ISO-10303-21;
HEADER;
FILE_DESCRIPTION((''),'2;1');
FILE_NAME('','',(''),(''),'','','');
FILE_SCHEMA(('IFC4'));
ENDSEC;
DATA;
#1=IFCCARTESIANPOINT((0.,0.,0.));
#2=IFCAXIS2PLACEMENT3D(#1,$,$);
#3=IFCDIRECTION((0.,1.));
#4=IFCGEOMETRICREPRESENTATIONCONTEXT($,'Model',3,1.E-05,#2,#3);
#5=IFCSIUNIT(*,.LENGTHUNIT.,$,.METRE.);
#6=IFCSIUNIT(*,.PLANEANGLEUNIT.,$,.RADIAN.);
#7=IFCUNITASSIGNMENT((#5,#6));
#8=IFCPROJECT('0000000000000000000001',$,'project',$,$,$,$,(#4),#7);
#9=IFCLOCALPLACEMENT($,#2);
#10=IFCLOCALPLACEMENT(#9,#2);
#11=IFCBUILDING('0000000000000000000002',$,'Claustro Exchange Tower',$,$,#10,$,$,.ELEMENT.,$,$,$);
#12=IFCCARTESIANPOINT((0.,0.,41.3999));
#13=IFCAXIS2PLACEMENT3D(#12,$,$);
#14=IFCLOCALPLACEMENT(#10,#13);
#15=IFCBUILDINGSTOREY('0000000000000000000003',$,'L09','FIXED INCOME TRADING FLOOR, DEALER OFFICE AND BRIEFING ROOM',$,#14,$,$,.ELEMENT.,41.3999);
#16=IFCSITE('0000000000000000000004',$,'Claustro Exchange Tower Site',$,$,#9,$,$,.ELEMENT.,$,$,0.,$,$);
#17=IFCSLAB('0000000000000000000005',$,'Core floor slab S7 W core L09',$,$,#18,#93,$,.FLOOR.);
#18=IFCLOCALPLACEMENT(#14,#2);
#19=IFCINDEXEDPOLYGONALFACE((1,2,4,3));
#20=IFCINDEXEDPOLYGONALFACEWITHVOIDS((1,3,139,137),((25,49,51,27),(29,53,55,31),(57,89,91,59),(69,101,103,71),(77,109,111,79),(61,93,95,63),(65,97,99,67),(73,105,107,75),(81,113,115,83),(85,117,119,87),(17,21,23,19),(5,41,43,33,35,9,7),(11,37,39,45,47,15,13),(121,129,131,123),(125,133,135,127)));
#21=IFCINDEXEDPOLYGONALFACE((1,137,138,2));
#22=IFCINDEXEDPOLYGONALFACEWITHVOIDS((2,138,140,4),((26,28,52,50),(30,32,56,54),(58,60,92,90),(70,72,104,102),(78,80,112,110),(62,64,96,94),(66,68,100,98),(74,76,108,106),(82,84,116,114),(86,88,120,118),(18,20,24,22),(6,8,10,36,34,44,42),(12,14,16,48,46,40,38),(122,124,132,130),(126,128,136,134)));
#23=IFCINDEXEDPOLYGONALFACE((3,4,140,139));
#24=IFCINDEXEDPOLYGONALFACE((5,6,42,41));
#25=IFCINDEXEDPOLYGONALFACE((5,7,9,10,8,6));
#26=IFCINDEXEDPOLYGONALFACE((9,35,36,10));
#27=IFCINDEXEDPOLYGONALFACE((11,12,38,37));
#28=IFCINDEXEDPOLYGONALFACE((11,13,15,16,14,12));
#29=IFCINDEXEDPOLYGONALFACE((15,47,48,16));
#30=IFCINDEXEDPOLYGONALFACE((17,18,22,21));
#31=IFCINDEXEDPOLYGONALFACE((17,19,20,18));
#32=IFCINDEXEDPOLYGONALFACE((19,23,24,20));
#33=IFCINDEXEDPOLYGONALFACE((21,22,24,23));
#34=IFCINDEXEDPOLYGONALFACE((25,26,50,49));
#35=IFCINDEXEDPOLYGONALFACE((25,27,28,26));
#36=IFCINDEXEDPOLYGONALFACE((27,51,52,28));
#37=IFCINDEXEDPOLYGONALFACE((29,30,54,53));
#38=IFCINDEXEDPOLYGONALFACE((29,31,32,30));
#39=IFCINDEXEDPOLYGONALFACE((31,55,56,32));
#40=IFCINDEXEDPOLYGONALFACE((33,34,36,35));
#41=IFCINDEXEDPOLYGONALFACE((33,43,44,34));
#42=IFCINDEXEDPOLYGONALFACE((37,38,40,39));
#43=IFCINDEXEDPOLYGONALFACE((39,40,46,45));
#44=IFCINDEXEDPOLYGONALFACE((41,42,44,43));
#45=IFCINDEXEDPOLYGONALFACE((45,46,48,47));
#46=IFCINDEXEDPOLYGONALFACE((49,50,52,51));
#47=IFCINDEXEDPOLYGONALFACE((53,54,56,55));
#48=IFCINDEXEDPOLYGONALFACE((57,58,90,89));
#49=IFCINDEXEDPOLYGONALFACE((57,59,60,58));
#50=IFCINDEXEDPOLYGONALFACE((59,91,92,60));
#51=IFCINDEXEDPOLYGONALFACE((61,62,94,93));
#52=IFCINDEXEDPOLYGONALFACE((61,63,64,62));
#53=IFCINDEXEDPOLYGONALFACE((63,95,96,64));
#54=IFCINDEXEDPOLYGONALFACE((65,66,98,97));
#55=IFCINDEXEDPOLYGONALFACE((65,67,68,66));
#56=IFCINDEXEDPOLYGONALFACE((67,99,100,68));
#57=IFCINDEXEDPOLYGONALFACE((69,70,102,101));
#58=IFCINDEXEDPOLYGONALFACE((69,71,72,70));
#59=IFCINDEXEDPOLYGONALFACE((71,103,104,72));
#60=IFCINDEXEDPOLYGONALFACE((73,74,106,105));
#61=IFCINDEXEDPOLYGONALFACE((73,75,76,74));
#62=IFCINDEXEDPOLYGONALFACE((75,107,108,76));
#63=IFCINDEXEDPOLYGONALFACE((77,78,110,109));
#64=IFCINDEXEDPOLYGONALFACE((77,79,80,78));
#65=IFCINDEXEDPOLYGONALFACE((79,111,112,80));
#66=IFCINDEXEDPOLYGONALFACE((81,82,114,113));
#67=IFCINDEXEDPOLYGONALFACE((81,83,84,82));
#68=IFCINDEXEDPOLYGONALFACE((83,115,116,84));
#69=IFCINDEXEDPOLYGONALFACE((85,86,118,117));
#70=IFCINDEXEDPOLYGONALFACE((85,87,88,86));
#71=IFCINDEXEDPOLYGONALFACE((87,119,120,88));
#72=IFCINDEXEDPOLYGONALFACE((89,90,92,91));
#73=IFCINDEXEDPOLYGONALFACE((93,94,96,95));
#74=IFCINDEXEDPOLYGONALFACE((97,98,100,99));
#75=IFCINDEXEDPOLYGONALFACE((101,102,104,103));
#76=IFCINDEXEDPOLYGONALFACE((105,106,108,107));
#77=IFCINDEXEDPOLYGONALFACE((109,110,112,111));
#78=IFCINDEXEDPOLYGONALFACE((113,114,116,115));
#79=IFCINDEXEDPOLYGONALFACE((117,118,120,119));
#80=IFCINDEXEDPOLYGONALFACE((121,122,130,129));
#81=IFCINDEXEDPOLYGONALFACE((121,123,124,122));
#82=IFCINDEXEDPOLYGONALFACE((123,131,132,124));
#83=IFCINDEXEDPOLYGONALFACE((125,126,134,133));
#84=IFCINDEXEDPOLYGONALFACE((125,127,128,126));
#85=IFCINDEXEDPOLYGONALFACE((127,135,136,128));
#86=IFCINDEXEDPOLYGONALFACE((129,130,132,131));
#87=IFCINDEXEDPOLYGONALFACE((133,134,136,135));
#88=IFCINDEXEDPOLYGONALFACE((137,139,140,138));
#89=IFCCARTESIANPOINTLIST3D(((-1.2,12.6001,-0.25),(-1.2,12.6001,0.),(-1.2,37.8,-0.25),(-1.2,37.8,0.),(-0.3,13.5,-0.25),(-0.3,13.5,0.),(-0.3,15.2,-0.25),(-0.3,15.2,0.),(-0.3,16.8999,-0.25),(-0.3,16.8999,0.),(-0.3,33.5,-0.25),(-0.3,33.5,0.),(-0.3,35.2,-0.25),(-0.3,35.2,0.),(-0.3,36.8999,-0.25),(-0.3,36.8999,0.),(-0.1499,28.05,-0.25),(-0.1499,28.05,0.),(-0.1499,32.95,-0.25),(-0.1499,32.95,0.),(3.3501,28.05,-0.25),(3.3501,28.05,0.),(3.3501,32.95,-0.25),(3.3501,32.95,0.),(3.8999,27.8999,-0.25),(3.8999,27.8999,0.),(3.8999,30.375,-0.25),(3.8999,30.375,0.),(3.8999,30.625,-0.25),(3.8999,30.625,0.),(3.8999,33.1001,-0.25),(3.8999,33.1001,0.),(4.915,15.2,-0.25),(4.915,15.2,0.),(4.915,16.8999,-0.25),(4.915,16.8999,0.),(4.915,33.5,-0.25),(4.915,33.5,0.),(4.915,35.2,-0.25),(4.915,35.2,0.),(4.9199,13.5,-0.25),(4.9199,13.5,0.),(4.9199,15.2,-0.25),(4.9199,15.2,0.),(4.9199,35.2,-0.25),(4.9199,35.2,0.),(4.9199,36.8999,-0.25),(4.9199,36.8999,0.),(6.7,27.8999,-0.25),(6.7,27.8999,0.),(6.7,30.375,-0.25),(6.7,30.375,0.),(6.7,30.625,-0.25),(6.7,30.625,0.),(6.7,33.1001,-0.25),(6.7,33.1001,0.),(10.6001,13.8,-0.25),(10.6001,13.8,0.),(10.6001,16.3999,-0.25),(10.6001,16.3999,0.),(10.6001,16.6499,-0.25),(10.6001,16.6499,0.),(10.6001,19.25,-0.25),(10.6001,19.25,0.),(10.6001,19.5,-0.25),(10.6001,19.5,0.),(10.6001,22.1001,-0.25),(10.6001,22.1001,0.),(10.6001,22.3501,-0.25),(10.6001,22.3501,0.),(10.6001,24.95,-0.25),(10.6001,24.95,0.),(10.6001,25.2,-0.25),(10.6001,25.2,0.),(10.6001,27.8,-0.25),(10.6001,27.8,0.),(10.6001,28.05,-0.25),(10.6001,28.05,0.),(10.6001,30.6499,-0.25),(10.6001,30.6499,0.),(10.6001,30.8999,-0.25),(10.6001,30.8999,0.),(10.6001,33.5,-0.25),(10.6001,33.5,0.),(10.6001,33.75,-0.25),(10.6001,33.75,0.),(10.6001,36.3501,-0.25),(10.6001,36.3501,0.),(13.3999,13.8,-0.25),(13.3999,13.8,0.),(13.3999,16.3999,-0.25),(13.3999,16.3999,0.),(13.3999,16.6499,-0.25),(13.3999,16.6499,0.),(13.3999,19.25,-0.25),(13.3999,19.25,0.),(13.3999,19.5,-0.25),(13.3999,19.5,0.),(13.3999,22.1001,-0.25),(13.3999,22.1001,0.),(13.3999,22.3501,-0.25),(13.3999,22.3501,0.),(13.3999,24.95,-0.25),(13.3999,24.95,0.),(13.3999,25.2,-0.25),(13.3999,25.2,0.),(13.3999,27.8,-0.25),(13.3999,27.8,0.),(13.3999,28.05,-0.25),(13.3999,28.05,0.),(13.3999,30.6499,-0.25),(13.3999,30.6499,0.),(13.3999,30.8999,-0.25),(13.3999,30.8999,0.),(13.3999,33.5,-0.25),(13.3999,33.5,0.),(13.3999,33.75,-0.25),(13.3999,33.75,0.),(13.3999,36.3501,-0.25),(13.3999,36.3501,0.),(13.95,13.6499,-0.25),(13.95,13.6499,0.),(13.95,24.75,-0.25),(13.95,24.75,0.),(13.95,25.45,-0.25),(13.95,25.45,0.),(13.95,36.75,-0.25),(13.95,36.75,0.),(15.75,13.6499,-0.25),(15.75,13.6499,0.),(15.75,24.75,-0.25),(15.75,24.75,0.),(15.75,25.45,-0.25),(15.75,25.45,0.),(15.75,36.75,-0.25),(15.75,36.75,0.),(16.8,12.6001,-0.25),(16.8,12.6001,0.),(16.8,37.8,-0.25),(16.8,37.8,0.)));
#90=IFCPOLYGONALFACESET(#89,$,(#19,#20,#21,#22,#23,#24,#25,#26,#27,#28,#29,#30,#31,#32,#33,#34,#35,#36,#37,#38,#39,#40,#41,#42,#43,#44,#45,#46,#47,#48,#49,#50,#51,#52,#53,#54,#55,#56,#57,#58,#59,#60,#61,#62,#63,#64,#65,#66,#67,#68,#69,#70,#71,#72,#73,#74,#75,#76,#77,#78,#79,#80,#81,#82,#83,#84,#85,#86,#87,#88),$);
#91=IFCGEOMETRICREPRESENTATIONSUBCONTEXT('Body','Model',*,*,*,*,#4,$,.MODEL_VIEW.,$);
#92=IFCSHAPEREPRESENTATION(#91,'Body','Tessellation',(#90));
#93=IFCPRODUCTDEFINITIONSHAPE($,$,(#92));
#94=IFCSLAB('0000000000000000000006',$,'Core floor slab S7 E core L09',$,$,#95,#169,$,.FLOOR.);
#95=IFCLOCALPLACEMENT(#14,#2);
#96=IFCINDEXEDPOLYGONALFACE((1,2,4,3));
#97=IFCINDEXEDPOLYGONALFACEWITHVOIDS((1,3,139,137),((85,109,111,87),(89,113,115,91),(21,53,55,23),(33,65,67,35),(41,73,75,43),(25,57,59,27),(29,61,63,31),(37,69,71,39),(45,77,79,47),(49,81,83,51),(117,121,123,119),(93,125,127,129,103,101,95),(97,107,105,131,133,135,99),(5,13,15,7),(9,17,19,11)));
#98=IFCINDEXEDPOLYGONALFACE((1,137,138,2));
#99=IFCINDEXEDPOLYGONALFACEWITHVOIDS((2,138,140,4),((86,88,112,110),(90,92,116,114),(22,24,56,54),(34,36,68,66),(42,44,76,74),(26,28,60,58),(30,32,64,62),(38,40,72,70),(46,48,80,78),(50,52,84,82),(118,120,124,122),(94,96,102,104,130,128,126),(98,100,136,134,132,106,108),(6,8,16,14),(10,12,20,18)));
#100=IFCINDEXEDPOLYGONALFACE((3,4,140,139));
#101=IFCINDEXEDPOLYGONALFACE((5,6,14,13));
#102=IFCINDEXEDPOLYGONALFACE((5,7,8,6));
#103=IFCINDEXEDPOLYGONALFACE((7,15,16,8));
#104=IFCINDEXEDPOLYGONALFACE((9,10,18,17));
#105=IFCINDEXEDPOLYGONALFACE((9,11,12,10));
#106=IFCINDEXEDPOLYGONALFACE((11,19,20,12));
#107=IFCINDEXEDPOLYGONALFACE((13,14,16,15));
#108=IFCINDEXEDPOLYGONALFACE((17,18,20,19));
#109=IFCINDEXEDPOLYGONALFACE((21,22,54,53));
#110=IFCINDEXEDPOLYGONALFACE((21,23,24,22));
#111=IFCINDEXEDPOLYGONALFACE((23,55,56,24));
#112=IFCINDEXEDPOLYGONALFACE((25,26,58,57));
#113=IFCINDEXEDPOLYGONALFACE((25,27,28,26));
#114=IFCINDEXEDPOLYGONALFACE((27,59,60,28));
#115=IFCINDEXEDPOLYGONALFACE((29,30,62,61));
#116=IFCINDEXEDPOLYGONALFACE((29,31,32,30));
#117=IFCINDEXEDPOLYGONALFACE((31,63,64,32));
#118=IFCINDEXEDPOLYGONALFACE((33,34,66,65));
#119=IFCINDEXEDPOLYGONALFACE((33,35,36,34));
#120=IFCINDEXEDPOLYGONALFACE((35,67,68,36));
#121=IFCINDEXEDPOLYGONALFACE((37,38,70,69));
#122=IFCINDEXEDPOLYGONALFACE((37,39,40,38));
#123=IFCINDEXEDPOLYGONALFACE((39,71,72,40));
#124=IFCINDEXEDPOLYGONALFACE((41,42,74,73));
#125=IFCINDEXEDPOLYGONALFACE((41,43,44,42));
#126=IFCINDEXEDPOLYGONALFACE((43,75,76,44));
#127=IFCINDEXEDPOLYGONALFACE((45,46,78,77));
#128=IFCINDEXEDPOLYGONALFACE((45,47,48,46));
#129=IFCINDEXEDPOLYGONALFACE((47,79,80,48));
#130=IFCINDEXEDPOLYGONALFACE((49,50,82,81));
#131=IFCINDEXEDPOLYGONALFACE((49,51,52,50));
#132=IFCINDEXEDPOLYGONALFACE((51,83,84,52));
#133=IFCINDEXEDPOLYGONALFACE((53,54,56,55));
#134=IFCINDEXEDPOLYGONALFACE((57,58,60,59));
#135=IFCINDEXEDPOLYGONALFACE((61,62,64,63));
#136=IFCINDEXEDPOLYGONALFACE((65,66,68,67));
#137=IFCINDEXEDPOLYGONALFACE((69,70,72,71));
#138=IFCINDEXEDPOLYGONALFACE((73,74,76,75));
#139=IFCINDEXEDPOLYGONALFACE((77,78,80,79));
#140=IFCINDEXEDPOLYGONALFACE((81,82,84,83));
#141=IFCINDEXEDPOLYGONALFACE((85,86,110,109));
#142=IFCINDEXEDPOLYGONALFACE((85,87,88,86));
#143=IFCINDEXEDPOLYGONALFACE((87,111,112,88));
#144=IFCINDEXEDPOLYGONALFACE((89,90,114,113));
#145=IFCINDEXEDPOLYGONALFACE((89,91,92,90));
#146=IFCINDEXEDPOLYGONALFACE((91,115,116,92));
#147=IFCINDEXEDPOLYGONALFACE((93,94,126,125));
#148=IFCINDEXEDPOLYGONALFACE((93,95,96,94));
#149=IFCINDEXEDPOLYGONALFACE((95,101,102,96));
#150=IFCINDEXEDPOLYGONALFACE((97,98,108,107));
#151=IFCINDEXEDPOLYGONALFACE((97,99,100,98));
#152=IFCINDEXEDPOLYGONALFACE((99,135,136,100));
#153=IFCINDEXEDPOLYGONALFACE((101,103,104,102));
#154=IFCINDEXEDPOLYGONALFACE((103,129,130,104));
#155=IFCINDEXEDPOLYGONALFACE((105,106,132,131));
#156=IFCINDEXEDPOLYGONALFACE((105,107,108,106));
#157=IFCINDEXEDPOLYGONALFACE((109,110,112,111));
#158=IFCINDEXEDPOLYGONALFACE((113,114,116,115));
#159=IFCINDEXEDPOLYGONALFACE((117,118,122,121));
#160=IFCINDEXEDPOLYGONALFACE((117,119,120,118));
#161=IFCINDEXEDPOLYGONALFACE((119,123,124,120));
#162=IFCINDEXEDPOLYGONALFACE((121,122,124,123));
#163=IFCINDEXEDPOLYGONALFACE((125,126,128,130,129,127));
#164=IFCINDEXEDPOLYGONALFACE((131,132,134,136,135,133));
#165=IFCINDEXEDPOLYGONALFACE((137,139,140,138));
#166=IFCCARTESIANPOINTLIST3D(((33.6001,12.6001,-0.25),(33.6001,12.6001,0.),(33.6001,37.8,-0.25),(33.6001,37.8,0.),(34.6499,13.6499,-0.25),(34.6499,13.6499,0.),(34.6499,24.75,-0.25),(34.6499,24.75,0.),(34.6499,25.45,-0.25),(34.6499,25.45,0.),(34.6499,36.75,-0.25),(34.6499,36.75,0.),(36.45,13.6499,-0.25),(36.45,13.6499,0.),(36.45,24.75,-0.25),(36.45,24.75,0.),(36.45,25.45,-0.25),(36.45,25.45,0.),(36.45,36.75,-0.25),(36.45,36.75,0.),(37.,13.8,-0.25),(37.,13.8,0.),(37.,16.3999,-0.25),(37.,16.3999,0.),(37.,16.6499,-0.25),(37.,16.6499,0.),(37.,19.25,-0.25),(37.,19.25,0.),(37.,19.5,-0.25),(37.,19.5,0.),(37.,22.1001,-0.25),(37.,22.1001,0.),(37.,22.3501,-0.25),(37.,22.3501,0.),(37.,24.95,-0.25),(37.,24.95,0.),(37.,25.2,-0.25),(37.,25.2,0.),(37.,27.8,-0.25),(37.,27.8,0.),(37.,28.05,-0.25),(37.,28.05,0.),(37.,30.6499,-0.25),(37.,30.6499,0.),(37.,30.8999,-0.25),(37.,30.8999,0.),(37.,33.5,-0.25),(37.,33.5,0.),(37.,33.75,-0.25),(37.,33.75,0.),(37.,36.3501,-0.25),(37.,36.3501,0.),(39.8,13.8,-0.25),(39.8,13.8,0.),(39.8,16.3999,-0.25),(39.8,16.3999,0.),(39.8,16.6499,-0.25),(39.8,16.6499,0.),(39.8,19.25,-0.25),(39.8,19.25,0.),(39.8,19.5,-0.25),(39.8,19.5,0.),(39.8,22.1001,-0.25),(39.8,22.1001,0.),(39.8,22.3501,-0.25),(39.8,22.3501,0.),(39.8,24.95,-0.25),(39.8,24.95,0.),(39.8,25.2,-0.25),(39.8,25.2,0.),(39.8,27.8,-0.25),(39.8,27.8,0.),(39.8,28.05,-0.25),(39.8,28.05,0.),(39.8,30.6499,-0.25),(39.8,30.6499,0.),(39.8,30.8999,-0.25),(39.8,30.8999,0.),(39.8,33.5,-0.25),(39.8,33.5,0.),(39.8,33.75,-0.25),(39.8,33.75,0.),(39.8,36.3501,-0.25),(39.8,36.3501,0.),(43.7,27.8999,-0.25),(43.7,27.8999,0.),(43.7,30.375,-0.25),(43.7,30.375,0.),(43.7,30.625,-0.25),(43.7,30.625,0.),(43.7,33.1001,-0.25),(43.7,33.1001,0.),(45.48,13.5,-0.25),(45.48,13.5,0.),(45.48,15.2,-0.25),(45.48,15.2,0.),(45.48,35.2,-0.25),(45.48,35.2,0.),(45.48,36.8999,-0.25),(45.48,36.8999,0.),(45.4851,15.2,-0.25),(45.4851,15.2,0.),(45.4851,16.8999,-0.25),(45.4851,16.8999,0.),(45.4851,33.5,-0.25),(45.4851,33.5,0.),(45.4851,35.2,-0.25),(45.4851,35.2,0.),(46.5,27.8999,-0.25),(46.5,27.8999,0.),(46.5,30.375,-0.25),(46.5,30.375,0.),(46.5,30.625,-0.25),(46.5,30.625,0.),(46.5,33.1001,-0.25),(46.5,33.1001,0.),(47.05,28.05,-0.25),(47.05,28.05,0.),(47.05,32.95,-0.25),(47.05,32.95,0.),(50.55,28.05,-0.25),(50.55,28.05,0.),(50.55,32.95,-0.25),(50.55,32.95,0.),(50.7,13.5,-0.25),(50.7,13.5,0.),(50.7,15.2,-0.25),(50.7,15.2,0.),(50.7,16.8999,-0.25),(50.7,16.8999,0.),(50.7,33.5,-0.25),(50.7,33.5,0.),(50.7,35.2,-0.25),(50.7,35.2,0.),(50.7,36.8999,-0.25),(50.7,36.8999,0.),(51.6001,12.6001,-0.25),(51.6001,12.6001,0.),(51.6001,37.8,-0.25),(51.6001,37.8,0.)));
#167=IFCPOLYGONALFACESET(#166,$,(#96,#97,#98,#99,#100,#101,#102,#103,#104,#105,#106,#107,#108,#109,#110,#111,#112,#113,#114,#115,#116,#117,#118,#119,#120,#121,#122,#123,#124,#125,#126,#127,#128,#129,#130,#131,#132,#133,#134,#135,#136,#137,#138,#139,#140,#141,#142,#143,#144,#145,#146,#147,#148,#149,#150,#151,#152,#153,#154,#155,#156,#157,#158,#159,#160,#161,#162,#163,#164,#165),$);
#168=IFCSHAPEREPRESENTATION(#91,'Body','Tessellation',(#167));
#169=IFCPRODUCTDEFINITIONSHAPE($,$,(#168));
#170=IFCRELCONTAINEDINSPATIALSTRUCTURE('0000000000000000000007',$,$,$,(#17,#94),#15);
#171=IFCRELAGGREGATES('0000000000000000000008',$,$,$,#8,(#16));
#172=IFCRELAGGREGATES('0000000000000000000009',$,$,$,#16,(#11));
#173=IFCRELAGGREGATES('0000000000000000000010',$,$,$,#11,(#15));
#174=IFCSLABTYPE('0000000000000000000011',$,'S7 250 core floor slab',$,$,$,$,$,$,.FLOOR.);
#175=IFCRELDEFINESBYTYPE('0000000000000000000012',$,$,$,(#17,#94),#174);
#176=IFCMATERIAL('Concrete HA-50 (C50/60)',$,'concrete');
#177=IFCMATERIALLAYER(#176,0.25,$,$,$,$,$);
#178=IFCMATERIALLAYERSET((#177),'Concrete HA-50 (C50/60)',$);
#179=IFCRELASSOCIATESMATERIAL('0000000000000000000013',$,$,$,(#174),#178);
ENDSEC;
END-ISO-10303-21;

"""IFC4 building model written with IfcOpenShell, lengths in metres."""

from ifc_helpers import new_model, si_unit, direction, frame, origin, place, context, subcontext, project, spatial, polyline, outline, extrude, material, layer, layer_set, type_object, element, save


model = new_model("IFC4")

# Units and contexts
model_context = context("Model", 3, precision=1e-05, world=origin(), true_north=direction((0.0, 1.0)))
body_context = subcontext(model_context, "Body", "Model", "MODEL_VIEW")
ifc_project = project(units=[si_unit("LENGTHUNIT", "METRE"), si_unit("PLANEANGLEUNIT", "RADIAN")], contexts=[model_context])

# Site, building, storey
site_placement = place(None, origin())
site = spatial("IfcSite", under=ifc_project, at=site_placement, Name="Claustro Exchange Tower Site", CompositionType="ELEMENT", RefElevation=0.0)
building_placement = place(site_placement, origin())
building = spatial("IfcBuilding", under=site, at=building_placement, Name="Claustro Exchange Tower", CompositionType="ELEMENT")
storey_placement = place(building_placement, frame((0.0, 0.0, 41.3999)))
storey = spatial("IfcBuildingStorey", under=building, at=storey_placement, Name="L09", Description="FIXED INCOME TRADING FLOOR, DEALER OFFICE AND BRIEFING ROOM", CompositionType="ELEMENT", Elevation=41.3999)

# Slabs
ifc_material_1 = material(Name="Concrete HA-50 (C50/60)", Category="concrete")
ifc_layer_1 = layer(ifc_material_1, 0.25)
ifc_layer_set_1 = layer_set([ifc_layer_1], Name="Concrete HA-50 (C50/60)")
slab_type_1 = type_object("IfcSlabType", Name="S7 250 core floor slab", PredefinedType="FLOOR", material=ifc_layer_set_1)
slab_1_placement = place(storey_placement, frame((0.0, 0.0, -0.25)))
element("IfcSlab", 1, at=slab_1_placement, inside=storey, type_object=slab_type_1, Name="Core floor slab S7 W core L09", PredefinedType="FLOOR", context=body_context, shape_type="SweptSolid", body=[
    extrude(outline(polyline([(-1.2, 12.6001), (16.8, 12.6001), (16.8, 37.8), (-1.2, 37.8), (-1.2, 12.6001)]), holes=[polyline([(15.75, 24.75), (15.75, 13.6499), (13.95, 13.6499), (13.95, 24.75), (15.75, 24.75)]), polyline([(15.75, 36.75), (15.75, 25.45), (13.95, 25.45), (13.95, 36.75), (15.75, 36.75)]), polyline([(10.6001, 16.3999), (13.3999, 16.3999), (13.3999, 13.8), (10.6001, 13.8), (10.6001, 16.3999)]), polyline([(13.3999, 19.25), (13.3999, 16.6499), (10.6001, 16.6499), (10.6001, 19.25), (13.3999, 19.25)]), polyline([(13.3999, 22.1001), (13.3999, 19.5), (10.6001, 19.5), (10.6001, 22.1001), (13.3999, 22.1001)]), polyline([(13.3999, 24.95), (13.3999, 22.3501), (10.6001, 22.3501), (10.6001, 24.95), (13.3999, 24.95)]), polyline([(13.3999, 27.8), (13.3999, 25.2), (10.6001, 25.2), (10.6001, 27.8), (13.3999, 27.8)]), polyline([(13.3999, 30.6499), (13.3999, 28.05), (10.6001, 28.05), (10.6001, 30.6499), (13.3999, 30.6499)]), polyline([(13.3999, 33.5), (13.3999, 30.8999), (10.6001, 30.8999), (10.6001, 33.5), (13.3999, 33.5)]), polyline([(13.3999, 36.3501), (13.3999, 33.75), (10.6001, 33.75), (10.6001, 36.3501), (13.3999, 36.3501)]), polyline([(6.7, 30.375), (6.7, 27.8999), (3.8999, 27.8999), (3.8999, 30.375), (6.7, 30.375)]), polyline([(6.7, 33.1001), (6.7, 30.625), (3.8999, 30.625), (3.8999, 33.1001), (6.7, 33.1001)]), polyline([(-0.3, 15.2), (-0.3, 16.8999), (4.915, 16.8999), (4.915, 15.2), (4.9199, 15.2), (4.9199, 13.5), (-0.3, 13.5), (-0.3, 15.2)]), polyline([(-0.3, 36.8999), (4.9199, 36.8999), (4.9199, 35.2), (4.915, 35.2), (4.915, 33.5), (-0.3, 33.5), (-0.3, 35.2), (-0.3, 36.8999)]), polyline([(3.3501, 32.95), (3.3501, 28.05), (-0.1499, 28.05), (-0.1499, 32.95), (3.3501, 32.95)])]), origin(), (0.0, 0.0, 1.0), 0.25),
])
slab_2_placement = place(storey_placement, frame((0.0, 0.0, -0.25)))
element("IfcSlab", 2, at=slab_2_placement, inside=storey, type_object=slab_type_1, Name="Core floor slab S7 E core L09", PredefinedType="FLOOR", context=body_context, shape_type="SweptSolid", body=[
    extrude(outline(polyline([(33.6001, 12.6001), (51.6001, 12.6001), (51.6001, 37.8), (33.6001, 37.8), (33.6001, 12.6001)]), holes=[polyline([(45.48, 35.2), (45.48, 36.8999), (50.7, 36.8999), (50.7, 35.2), (50.7, 33.5), (45.4851, 33.5), (45.4851, 35.2), (45.48, 35.2)]), polyline([(45.4851, 15.2), (45.4851, 16.8999), (50.7, 16.8999), (50.7, 15.2), (50.7, 13.5), (45.48, 13.5), (45.48, 15.2), (45.4851, 15.2)]), polyline([(50.55, 32.95), (50.55, 28.05), (47.05, 28.05), (47.05, 32.95), (50.55, 32.95)]), polyline([(46.5, 30.375), (46.5, 27.8999), (43.7, 27.8999), (43.7, 30.375), (46.5, 30.375)]), polyline([(46.5, 33.1001), (46.5, 30.625), (43.7, 30.625), (43.7, 33.1001), (46.5, 33.1001)]), polyline([(37.0, 16.3999), (39.8, 16.3999), (39.8, 13.8), (37.0, 13.8), (37.0, 16.3999)]), polyline([(39.8, 19.25), (39.8, 16.6499), (37.0, 16.6499), (37.0, 19.25), (39.8, 19.25)]), polyline([(39.8, 22.1001), (39.8, 19.5), (37.0, 19.5), (37.0, 22.1001), (39.8, 22.1001)]), polyline([(39.8, 24.95), (39.8, 22.3501), (37.0, 22.3501), (37.0, 24.95), (39.8, 24.95)]), polyline([(39.8, 27.8), (39.8, 25.2), (37.0, 25.2), (37.0, 27.8), (39.8, 27.8)]), polyline([(39.8, 30.6499), (39.8, 28.05), (37.0, 28.05), (37.0, 30.6499), (39.8, 30.6499)]), polyline([(39.8, 33.5), (39.8, 30.8999), (37.0, 30.8999), (37.0, 33.5), (39.8, 33.5)]), polyline([(39.8, 36.3501), (39.8, 33.75), (37.0, 33.75), (37.0, 36.3501), (39.8, 36.3501)]), polyline([(36.45, 24.75), (36.45, 13.6499), (34.6499, 13.6499), (34.6499, 24.75), (36.45, 24.75)]), polyline([(36.45, 36.75), (36.45, 25.45), (34.6499, 25.45), (34.6499, 36.75), (36.45, 36.75)])]), origin(), (0.0, 0.0, 1.0), 0.25),
])

save(model, "model.ifc")
